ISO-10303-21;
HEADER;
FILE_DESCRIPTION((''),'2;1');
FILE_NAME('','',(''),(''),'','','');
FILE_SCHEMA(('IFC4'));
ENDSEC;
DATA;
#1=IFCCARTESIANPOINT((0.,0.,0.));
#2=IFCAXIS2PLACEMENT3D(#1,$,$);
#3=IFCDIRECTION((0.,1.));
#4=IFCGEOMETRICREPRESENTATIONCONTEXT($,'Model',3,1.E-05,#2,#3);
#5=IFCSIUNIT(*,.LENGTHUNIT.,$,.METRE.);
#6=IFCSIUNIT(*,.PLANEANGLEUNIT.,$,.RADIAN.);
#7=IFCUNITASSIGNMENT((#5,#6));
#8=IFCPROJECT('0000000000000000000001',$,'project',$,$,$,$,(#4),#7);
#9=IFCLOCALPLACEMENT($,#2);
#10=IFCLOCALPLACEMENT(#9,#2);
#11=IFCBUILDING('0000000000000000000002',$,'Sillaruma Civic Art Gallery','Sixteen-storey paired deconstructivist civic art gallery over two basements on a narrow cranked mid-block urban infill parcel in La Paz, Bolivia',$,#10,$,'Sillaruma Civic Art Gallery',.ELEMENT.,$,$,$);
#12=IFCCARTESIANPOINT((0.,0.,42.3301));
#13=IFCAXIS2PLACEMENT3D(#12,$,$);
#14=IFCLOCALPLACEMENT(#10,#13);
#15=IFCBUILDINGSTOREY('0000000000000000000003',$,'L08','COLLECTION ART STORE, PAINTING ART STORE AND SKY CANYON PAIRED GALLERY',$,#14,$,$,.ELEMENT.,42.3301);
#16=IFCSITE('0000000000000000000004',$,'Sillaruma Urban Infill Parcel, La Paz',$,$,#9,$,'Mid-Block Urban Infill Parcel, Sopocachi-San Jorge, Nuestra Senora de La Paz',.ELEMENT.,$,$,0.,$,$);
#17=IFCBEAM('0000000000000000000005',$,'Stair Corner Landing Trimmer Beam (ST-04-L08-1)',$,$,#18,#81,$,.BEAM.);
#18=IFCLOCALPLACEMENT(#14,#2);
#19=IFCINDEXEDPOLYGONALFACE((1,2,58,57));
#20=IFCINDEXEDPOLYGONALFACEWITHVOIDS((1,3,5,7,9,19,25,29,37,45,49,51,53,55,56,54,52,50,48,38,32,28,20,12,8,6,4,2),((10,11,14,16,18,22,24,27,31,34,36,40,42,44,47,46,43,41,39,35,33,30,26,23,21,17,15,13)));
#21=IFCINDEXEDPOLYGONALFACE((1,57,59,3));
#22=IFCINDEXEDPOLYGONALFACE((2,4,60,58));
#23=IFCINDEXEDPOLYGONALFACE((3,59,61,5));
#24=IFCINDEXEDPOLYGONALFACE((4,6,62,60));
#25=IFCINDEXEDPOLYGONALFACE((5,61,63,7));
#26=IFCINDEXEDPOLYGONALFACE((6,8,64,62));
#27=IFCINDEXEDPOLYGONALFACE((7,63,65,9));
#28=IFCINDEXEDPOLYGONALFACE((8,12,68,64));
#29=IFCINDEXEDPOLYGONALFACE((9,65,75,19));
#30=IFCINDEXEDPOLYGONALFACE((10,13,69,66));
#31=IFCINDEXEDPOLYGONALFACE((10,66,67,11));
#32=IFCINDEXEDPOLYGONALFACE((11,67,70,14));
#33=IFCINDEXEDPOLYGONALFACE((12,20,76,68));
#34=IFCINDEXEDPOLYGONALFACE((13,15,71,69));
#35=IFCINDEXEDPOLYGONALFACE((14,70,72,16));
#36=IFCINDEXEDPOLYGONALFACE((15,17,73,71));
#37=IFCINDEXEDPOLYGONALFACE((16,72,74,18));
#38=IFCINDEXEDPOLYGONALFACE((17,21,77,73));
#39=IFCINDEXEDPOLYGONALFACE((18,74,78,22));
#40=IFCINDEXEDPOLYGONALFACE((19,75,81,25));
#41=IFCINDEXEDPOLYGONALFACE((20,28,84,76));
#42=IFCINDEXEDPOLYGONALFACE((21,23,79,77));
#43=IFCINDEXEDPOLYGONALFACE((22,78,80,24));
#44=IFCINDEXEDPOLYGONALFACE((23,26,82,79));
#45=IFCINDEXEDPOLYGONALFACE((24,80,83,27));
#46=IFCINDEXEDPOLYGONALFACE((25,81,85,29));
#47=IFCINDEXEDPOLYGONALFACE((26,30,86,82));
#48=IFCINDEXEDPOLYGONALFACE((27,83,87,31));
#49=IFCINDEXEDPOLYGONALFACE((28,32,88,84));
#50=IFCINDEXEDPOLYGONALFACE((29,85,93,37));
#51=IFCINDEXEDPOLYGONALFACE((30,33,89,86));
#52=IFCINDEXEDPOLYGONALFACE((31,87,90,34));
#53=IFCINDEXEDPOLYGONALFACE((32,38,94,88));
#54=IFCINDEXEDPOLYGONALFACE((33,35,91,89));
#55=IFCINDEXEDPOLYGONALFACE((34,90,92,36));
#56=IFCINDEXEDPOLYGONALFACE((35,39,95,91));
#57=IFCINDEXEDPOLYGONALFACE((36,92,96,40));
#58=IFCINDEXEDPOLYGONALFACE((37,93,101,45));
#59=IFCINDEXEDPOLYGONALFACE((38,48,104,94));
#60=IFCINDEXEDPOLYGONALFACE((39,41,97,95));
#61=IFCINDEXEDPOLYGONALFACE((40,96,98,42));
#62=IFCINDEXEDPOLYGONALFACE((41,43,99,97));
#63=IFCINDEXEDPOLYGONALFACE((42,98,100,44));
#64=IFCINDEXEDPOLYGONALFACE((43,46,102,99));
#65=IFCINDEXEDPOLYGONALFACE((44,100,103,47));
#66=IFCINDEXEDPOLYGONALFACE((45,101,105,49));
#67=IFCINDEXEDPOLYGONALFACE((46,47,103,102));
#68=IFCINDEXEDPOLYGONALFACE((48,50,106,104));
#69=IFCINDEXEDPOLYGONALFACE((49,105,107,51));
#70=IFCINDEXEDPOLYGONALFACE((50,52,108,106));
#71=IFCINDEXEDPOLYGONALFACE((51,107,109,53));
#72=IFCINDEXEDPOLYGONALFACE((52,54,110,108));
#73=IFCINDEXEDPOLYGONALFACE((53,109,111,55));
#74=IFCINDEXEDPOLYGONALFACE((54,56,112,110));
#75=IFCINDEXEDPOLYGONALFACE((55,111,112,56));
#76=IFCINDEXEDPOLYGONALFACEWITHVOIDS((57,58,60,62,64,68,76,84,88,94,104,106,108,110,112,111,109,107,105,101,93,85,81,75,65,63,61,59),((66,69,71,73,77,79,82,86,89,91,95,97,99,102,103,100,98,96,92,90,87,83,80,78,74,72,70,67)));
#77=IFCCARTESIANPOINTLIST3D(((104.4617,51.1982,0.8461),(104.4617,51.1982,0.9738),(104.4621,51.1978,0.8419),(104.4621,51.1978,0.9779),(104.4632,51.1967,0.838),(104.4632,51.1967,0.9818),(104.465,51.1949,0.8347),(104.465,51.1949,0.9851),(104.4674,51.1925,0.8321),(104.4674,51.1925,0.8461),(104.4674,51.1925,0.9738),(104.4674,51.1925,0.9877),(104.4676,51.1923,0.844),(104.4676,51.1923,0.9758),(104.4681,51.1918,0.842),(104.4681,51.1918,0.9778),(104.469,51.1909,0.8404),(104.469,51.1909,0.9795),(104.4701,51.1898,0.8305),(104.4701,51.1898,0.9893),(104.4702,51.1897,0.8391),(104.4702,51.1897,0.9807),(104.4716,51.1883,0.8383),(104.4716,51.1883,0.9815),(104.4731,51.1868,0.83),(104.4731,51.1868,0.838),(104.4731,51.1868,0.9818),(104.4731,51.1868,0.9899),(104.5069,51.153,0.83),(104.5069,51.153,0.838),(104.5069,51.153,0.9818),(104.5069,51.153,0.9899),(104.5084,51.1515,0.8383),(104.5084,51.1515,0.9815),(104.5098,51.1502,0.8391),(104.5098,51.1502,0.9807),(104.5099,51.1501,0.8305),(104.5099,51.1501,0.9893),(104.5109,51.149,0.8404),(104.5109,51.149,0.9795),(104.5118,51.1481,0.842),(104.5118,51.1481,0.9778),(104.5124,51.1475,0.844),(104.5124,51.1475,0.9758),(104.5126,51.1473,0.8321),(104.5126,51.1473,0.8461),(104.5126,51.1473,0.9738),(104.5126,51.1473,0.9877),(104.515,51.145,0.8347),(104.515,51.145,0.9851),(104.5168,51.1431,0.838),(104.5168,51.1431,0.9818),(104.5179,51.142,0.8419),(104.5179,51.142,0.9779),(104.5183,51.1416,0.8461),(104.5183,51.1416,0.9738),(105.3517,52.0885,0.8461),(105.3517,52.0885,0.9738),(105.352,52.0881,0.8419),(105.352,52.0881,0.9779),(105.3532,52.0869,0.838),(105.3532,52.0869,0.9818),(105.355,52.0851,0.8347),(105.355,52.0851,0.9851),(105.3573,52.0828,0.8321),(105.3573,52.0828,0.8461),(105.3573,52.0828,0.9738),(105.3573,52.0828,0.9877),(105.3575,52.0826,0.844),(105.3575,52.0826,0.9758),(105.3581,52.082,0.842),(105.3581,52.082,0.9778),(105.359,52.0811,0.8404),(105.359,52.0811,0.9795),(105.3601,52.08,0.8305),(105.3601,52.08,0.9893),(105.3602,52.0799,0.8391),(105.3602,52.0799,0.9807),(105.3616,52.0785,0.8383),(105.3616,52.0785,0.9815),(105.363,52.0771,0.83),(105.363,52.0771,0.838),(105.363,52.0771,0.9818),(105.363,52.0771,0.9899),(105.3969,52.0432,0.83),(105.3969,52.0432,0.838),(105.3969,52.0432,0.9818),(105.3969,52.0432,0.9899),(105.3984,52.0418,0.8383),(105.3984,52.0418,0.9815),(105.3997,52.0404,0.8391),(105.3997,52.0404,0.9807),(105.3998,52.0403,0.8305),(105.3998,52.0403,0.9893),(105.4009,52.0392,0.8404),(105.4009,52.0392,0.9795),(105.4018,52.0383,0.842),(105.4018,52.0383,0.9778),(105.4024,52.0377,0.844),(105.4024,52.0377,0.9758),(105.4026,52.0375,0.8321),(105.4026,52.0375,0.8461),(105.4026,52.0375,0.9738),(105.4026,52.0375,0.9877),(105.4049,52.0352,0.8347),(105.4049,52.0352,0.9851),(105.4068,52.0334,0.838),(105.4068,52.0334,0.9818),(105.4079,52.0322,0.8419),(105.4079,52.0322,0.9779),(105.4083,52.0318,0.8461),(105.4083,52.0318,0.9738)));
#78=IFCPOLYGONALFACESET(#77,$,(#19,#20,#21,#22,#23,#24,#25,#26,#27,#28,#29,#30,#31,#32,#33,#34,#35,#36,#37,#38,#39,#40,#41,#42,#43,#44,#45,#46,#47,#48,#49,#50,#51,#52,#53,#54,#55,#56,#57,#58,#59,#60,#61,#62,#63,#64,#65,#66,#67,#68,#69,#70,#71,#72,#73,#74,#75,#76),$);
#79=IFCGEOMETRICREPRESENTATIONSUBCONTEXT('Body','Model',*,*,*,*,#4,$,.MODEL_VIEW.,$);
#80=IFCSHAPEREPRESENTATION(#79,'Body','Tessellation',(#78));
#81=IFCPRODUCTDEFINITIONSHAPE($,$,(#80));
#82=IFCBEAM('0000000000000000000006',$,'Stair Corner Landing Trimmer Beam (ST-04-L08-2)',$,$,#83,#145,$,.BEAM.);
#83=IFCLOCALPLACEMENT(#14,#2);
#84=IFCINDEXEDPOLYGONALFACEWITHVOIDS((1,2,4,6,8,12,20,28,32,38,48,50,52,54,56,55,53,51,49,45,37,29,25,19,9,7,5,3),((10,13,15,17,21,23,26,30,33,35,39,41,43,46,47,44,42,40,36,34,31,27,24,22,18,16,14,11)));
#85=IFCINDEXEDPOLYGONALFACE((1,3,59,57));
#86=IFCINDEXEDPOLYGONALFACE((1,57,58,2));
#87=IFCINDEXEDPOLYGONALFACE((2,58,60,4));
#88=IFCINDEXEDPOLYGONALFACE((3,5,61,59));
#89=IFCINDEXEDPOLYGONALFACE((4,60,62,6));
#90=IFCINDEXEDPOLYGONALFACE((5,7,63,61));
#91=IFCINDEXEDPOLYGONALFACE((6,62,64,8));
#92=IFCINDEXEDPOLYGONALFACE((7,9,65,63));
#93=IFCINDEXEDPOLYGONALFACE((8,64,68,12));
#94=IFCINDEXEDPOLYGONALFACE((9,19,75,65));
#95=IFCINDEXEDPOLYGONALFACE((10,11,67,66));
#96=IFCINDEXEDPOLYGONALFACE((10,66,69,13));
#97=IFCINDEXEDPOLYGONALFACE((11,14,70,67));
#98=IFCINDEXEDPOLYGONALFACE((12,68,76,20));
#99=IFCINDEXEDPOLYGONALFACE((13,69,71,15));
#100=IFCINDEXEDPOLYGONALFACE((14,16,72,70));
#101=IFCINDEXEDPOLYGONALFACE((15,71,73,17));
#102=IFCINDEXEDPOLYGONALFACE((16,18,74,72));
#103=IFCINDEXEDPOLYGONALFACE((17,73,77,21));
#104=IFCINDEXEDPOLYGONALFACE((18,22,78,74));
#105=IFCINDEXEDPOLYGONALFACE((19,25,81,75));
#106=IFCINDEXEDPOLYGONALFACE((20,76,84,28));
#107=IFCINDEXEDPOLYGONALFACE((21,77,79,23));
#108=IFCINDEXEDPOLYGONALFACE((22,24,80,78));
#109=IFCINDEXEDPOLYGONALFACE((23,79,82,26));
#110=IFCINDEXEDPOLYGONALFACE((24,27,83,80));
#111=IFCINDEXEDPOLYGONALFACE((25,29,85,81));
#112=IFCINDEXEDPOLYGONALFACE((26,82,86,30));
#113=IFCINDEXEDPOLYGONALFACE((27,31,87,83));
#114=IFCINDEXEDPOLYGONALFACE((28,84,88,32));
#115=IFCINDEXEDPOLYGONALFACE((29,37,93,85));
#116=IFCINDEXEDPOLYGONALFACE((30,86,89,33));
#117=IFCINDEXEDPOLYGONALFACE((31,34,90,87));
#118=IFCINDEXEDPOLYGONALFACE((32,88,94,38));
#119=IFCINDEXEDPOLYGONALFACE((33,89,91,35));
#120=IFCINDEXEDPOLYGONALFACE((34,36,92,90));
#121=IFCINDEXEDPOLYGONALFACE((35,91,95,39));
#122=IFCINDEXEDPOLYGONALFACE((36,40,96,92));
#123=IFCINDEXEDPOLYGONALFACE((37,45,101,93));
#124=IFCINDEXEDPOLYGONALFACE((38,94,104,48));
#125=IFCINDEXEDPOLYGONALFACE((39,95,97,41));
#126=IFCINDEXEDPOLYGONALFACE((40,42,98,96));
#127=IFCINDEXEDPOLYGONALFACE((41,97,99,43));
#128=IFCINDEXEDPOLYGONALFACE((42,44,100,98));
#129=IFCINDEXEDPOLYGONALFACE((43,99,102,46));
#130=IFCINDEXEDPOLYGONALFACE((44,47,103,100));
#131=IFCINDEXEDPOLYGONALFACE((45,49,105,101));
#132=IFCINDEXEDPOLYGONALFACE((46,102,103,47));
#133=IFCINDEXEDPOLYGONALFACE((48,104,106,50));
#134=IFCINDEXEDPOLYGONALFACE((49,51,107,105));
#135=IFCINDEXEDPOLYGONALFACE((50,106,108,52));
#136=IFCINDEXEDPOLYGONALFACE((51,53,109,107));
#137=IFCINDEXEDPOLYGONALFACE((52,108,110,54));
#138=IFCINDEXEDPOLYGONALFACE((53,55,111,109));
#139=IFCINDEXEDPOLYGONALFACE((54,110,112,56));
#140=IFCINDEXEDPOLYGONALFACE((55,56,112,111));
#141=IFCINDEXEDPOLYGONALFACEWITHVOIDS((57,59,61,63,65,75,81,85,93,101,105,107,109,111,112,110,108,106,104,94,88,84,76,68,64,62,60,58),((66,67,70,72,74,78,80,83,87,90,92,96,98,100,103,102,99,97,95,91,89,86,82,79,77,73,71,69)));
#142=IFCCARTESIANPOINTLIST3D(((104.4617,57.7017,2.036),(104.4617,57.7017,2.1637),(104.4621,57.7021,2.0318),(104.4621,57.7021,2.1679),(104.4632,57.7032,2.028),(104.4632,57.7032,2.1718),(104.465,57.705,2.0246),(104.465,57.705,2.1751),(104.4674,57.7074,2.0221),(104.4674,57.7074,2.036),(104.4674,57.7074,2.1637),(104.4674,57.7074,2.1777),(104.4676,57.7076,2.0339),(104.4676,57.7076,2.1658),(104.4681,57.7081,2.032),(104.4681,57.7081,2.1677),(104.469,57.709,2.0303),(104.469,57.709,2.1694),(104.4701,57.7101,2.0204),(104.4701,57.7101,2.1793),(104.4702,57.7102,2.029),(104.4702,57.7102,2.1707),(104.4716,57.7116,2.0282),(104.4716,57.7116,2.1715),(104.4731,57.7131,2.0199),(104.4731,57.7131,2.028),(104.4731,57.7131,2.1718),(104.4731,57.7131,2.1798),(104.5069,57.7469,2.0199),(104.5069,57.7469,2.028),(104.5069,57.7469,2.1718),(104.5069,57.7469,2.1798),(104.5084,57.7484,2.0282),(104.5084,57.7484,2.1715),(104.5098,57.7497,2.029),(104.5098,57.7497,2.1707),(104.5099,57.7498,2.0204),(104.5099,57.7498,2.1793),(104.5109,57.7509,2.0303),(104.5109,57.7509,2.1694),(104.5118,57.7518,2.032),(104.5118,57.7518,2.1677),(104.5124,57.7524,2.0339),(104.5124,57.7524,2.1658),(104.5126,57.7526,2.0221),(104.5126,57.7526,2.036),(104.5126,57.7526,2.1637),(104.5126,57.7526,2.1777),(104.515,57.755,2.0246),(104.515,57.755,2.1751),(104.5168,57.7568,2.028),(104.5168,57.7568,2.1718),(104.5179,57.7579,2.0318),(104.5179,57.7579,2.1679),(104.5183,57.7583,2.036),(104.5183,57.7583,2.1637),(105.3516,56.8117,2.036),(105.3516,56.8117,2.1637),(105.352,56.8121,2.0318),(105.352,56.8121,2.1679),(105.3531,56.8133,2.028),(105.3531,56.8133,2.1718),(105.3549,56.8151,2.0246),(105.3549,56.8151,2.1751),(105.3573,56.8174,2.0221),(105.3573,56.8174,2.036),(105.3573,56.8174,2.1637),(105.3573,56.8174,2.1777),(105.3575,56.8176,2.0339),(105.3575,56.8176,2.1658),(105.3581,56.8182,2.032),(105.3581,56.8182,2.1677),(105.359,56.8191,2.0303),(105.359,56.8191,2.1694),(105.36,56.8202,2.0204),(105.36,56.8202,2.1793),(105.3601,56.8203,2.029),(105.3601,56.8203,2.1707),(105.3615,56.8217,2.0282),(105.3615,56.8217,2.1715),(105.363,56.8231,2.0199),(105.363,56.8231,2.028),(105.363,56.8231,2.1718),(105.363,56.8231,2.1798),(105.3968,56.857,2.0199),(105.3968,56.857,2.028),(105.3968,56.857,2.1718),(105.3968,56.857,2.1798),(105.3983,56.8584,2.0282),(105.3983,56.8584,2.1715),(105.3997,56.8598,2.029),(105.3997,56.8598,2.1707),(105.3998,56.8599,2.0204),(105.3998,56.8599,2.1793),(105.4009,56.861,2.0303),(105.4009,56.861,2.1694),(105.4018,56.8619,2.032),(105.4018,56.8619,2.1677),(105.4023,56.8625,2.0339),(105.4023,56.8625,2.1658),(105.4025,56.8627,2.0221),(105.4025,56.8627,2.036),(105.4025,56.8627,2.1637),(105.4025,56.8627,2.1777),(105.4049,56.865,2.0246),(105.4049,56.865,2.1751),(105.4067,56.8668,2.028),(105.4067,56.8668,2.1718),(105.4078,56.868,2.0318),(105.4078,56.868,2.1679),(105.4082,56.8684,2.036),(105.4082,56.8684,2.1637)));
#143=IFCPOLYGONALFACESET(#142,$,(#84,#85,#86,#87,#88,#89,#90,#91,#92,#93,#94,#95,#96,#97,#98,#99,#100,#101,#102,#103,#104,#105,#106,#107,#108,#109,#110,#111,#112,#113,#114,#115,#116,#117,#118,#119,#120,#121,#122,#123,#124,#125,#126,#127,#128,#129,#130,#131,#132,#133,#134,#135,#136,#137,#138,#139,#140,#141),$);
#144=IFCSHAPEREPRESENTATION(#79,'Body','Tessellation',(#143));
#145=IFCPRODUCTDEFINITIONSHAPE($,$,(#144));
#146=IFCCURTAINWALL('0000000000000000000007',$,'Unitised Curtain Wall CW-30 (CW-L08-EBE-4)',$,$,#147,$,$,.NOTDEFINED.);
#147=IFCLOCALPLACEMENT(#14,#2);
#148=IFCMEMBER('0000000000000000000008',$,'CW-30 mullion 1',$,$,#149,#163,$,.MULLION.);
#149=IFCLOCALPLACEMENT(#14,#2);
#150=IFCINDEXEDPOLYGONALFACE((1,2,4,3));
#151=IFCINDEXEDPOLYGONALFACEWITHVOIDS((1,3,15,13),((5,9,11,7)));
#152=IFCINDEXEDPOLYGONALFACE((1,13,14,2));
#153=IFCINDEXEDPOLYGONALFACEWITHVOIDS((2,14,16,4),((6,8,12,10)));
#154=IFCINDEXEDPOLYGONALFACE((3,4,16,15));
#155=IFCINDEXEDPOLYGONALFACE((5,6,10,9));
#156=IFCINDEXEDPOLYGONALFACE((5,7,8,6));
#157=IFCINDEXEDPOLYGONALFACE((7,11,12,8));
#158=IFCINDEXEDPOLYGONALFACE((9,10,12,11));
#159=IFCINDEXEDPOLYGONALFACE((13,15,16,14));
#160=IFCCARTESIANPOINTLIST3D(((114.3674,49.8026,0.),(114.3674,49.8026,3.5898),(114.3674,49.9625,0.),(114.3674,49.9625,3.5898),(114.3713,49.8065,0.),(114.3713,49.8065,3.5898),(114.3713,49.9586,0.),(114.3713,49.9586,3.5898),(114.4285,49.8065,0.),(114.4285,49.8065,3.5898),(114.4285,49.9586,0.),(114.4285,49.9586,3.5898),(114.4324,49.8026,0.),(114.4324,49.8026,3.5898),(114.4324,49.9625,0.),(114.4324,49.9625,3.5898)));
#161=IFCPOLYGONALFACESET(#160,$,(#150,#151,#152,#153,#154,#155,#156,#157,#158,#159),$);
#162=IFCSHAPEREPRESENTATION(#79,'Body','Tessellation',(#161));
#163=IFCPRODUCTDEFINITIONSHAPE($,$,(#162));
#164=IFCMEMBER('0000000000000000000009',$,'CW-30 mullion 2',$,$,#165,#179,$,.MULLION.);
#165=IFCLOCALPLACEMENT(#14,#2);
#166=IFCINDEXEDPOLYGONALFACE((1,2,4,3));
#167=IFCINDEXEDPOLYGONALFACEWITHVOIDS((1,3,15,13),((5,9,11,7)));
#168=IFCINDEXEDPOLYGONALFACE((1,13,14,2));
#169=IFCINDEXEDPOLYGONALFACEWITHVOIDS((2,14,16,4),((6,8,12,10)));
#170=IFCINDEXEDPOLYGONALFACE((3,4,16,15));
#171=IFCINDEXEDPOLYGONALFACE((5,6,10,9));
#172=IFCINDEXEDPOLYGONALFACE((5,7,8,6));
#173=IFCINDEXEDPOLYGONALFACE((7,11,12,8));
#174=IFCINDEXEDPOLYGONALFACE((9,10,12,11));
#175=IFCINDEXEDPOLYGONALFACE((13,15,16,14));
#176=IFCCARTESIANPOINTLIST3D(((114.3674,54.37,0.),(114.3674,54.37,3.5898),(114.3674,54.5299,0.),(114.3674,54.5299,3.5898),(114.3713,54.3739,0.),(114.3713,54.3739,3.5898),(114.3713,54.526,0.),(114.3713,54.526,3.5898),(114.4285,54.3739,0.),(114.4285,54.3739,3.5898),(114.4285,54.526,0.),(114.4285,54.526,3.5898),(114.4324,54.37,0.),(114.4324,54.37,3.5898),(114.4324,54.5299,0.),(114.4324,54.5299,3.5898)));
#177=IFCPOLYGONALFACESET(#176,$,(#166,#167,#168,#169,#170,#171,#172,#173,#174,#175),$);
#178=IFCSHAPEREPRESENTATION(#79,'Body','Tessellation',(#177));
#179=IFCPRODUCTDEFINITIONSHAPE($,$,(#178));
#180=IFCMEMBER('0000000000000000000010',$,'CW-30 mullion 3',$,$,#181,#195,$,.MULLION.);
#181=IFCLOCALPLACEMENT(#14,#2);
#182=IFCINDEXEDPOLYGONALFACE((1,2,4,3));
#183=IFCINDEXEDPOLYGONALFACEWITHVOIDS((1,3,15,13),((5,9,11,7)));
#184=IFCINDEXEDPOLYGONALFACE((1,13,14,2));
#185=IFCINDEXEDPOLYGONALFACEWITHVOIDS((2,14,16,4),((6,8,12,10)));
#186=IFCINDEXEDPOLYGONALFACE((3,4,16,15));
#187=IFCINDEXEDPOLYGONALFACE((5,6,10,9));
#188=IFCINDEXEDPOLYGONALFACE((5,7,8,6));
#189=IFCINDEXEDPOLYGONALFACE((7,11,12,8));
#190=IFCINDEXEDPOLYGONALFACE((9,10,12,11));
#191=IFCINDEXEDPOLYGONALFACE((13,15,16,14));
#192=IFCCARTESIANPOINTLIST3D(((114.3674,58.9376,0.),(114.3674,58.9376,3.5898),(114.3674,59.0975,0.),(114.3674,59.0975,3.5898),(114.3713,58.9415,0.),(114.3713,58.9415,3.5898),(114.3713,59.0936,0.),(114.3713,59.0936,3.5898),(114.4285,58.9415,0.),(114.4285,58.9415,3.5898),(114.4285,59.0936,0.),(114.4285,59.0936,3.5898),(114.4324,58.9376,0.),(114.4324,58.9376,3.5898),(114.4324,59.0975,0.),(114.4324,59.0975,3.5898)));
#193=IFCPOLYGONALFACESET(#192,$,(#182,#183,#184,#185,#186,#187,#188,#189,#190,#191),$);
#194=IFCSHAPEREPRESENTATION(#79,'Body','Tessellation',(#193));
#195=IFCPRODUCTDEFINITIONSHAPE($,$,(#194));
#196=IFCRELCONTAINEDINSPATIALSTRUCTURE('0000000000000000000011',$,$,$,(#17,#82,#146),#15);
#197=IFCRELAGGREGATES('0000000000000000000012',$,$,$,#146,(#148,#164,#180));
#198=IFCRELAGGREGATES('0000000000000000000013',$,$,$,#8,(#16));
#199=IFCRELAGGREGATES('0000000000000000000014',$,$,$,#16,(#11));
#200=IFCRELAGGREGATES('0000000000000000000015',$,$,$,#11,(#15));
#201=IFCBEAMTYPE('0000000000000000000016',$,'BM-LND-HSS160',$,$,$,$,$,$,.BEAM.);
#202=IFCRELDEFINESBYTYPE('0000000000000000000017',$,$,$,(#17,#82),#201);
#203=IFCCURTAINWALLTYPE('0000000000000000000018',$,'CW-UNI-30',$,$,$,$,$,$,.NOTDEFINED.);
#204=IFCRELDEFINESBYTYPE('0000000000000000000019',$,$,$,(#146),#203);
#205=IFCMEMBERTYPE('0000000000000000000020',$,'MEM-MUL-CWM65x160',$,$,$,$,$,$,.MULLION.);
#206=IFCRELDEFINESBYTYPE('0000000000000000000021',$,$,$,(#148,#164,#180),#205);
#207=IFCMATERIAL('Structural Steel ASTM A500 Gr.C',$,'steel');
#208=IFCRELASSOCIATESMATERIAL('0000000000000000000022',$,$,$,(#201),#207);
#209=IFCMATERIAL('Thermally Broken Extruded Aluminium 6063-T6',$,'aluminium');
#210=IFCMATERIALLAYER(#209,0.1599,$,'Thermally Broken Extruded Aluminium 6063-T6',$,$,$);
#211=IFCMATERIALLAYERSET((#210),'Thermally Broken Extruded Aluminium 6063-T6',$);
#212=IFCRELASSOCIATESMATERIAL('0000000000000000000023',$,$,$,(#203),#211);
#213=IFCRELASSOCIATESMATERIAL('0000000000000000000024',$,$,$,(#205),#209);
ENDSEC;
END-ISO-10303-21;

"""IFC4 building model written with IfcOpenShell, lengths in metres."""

from ifc_helpers import new_model, si_unit, direction, frame, origin, origin_2d, place, context, subcontext, project, spatial, hollow_rectangle, extrude, material, layer, layer_set, material_profile, profile_set, type_object, element, aggregate, save


model = new_model("IFC4")

# Units and contexts
model_context = context("Model", 3, precision=1e-05, world=origin(), true_north=direction((0.0, 1.0)))
body_context = subcontext(model_context, "Body", "Model", "MODEL_VIEW")
ifc_project = project(units=[si_unit("LENGTHUNIT", "METRE"), si_unit("PLANEANGLEUNIT", "RADIAN")], contexts=[model_context])

# Site, building, storey
site_placement = place(None, origin())
site = spatial("IfcSite", under=ifc_project, at=site_placement, Name="Sillaruma Urban Infill Parcel, La Paz", LongName="Mid-Block Urban Infill Parcel, Sopocachi-San Jorge, Nuestra Senora de La Paz", CompositionType="ELEMENT", RefElevation=0.0)
building_placement = place(site_placement, origin())
building = spatial("IfcBuilding", under=site, at=building_placement, Name="Sillaruma Civic Art Gallery", Description="Sixteen-storey paired deconstructivist civic art gallery over two basements on a narrow cranked mid-block urban infill parcel in La Paz, Bolivia", LongName="Sillaruma Civic Art Gallery", CompositionType="ELEMENT")
storey_placement = place(building_placement, frame((0.0, 0.0, 42.3301)))
storey = spatial("IfcBuildingStorey", under=building, at=storey_placement, Name="L08", Description="COLLECTION ART STORE, PAINTING ART STORE AND SKY CANYON PAIRED GALLERY", CompositionType="ELEMENT", Elevation=42.3301)

# Beams
ifc_material_1 = material(Name="Structural Steel ASTM A500 Gr.C", Category="steel")
ifc_material_profile_1 = material_profile(ifc_material_1, hollow_rectangle(XDim=0.0801, YDim=0.1599, WallThickness=0.0081, InnerFilletRadius=0.0081, OuterFilletRadius=0.0161, at=origin_2d()), Name="HSS160x80x8")
ifc_profile_set_1 = profile_set([ifc_material_profile_1], Name="Structural Steel ASTM A500 Gr.C")
beam_type = type_object("IfcBeamType", Name="BM-LND-HSS160", PredefinedType="BEAM", material=ifc_profile_set_1)
beam_1_placement = place(storey_placement, frame((104.49, 51.1699, 0.9099), z_axis=(0.70701, 0.707204, 0.0), x_axis=(-0.707204, 0.70701, 0.0)))
element("IfcBeam", 1, at=beam_1_placement, inside=storey, type_object=beam_type, Name="Stair Corner Landing Trimmer Beam (ST-04-L08-1)", PredefinedType="BEAM", context=body_context, shape_type="SweptSolid", body=[
    extrude(hollow_rectangle(XDim=0.0801, YDim=0.1599, WallThickness=0.0081, InnerFilletRadius=0.0081, OuterFilletRadius=0.0161, at=origin_2d()), origin(), (0.0, 0.0, 1.0), 1.2588),
])
beam_2_placement = place(storey_placement, frame((104.49, 57.73, 2.0999), z_axis=(0.707107, -0.707107, 0.0), x_axis=(0.707107, 0.707107, 0.0)))
element("IfcBeam", 2, at=beam_2_placement, inside=storey, type_object=beam_type, Name="Stair Corner Landing Trimmer Beam (ST-04-L08-2)", PredefinedType="BEAM", context=body_context, shape_type="SweptSolid", body=[
    extrude(hollow_rectangle(XDim=0.0801, YDim=0.1599, WallThickness=0.0081, InnerFilletRadius=0.0081, OuterFilletRadius=0.0161, at=origin_2d()), origin(), (0.0, 0.0, 1.0), 1.2585),
])

# Curtain wall, members
ifc_material_2 = material(Name="Thermally Broken Extruded Aluminium 6063-T6", Category="aluminium")
ifc_layer_1 = layer(ifc_material_2, 0.1599, Name="Thermally Broken Extruded Aluminium 6063-T6")
ifc_layer_set_1 = layer_set([ifc_layer_1], Name="Thermally Broken Extruded Aluminium 6063-T6")
curtain_wall_type = type_object("IfcCurtainWallType", Name="CW-UNI-30", PredefinedType="NOTDEFINED", material=ifc_layer_set_1)
curtain_wall_placement = place(storey_placement, origin())
curtain_wall = element("IfcCurtainWall", 3, at=curtain_wall_placement, inside=storey, type_object=curtain_wall_type, Name="Unitised Curtain Wall CW-30 (CW-L08-EBE-4)", PredefinedType="NOTDEFINED")
ifc_material_profile_2 = material_profile(ifc_material_2, hollow_rectangle(XDim=0.0649, YDim=0.1599, WallThickness=0.0039, at=origin_2d()), Name="CWM65x160")
ifc_profile_set_2 = profile_set([ifc_material_profile_2], Name="Thermally Broken Extruded Aluminium 6063-T6")
member_type_1 = type_object("IfcMemberType", Name="MEM-MUL-CWM65x160", PredefinedType="MULLION", material=ifc_profile_set_2)
member_1_placement = place(storey_placement, frame((114.3999, 49.8826, 0.0), z_axis=(0.0, 0.0, 1.0), x_axis=(-1.0, 0.0, 0.0)))
member_1 = element("IfcMember", 4, at=member_1_placement, type_object=member_type_1, Name="CW-30 mullion 1", PredefinedType="MULLION", context=body_context, shape_type="SweptSolid", body=[
    extrude(hollow_rectangle(XDim=0.0649, YDim=0.1599, WallThickness=0.0039, at=origin_2d()), origin(), (0.0, 0.0, 1.0), 3.5898),
])
member_2_placement = place(storey_placement, frame((114.3999, 54.45, 0.0), z_axis=(0.0, 0.0, 1.0), x_axis=(-1.0, 0.0, 0.0)))
member_2 = element("IfcMember", 5, at=member_2_placement, type_object=member_type_1, Name="CW-30 mullion 2", PredefinedType="MULLION", context=body_context, shape_type="SweptSolid", body=[
    extrude(hollow_rectangle(XDim=0.0649, YDim=0.1599, WallThickness=0.0039, at=origin_2d()), origin(), (0.0, 0.0, 1.0), 3.5898),
])
member_3_placement = place(storey_placement, frame((114.3999, 59.0176, 0.0), z_axis=(0.0, 0.0, 1.0), x_axis=(-1.0, 0.0, 0.0)))
member_3 = element("IfcMember", 6, at=member_3_placement, type_object=member_type_1, Name="CW-30 mullion 3", PredefinedType="MULLION", context=body_context, shape_type="SweptSolid", body=[
    extrude(hollow_rectangle(XDim=0.0649, YDim=0.1599, WallThickness=0.0039, at=origin_2d()), origin(), (0.0, 0.0, 1.0), 3.5898),
])
aggregate(curtain_wall, [member_1, member_2, member_3])

save(model, "model.ifc")
